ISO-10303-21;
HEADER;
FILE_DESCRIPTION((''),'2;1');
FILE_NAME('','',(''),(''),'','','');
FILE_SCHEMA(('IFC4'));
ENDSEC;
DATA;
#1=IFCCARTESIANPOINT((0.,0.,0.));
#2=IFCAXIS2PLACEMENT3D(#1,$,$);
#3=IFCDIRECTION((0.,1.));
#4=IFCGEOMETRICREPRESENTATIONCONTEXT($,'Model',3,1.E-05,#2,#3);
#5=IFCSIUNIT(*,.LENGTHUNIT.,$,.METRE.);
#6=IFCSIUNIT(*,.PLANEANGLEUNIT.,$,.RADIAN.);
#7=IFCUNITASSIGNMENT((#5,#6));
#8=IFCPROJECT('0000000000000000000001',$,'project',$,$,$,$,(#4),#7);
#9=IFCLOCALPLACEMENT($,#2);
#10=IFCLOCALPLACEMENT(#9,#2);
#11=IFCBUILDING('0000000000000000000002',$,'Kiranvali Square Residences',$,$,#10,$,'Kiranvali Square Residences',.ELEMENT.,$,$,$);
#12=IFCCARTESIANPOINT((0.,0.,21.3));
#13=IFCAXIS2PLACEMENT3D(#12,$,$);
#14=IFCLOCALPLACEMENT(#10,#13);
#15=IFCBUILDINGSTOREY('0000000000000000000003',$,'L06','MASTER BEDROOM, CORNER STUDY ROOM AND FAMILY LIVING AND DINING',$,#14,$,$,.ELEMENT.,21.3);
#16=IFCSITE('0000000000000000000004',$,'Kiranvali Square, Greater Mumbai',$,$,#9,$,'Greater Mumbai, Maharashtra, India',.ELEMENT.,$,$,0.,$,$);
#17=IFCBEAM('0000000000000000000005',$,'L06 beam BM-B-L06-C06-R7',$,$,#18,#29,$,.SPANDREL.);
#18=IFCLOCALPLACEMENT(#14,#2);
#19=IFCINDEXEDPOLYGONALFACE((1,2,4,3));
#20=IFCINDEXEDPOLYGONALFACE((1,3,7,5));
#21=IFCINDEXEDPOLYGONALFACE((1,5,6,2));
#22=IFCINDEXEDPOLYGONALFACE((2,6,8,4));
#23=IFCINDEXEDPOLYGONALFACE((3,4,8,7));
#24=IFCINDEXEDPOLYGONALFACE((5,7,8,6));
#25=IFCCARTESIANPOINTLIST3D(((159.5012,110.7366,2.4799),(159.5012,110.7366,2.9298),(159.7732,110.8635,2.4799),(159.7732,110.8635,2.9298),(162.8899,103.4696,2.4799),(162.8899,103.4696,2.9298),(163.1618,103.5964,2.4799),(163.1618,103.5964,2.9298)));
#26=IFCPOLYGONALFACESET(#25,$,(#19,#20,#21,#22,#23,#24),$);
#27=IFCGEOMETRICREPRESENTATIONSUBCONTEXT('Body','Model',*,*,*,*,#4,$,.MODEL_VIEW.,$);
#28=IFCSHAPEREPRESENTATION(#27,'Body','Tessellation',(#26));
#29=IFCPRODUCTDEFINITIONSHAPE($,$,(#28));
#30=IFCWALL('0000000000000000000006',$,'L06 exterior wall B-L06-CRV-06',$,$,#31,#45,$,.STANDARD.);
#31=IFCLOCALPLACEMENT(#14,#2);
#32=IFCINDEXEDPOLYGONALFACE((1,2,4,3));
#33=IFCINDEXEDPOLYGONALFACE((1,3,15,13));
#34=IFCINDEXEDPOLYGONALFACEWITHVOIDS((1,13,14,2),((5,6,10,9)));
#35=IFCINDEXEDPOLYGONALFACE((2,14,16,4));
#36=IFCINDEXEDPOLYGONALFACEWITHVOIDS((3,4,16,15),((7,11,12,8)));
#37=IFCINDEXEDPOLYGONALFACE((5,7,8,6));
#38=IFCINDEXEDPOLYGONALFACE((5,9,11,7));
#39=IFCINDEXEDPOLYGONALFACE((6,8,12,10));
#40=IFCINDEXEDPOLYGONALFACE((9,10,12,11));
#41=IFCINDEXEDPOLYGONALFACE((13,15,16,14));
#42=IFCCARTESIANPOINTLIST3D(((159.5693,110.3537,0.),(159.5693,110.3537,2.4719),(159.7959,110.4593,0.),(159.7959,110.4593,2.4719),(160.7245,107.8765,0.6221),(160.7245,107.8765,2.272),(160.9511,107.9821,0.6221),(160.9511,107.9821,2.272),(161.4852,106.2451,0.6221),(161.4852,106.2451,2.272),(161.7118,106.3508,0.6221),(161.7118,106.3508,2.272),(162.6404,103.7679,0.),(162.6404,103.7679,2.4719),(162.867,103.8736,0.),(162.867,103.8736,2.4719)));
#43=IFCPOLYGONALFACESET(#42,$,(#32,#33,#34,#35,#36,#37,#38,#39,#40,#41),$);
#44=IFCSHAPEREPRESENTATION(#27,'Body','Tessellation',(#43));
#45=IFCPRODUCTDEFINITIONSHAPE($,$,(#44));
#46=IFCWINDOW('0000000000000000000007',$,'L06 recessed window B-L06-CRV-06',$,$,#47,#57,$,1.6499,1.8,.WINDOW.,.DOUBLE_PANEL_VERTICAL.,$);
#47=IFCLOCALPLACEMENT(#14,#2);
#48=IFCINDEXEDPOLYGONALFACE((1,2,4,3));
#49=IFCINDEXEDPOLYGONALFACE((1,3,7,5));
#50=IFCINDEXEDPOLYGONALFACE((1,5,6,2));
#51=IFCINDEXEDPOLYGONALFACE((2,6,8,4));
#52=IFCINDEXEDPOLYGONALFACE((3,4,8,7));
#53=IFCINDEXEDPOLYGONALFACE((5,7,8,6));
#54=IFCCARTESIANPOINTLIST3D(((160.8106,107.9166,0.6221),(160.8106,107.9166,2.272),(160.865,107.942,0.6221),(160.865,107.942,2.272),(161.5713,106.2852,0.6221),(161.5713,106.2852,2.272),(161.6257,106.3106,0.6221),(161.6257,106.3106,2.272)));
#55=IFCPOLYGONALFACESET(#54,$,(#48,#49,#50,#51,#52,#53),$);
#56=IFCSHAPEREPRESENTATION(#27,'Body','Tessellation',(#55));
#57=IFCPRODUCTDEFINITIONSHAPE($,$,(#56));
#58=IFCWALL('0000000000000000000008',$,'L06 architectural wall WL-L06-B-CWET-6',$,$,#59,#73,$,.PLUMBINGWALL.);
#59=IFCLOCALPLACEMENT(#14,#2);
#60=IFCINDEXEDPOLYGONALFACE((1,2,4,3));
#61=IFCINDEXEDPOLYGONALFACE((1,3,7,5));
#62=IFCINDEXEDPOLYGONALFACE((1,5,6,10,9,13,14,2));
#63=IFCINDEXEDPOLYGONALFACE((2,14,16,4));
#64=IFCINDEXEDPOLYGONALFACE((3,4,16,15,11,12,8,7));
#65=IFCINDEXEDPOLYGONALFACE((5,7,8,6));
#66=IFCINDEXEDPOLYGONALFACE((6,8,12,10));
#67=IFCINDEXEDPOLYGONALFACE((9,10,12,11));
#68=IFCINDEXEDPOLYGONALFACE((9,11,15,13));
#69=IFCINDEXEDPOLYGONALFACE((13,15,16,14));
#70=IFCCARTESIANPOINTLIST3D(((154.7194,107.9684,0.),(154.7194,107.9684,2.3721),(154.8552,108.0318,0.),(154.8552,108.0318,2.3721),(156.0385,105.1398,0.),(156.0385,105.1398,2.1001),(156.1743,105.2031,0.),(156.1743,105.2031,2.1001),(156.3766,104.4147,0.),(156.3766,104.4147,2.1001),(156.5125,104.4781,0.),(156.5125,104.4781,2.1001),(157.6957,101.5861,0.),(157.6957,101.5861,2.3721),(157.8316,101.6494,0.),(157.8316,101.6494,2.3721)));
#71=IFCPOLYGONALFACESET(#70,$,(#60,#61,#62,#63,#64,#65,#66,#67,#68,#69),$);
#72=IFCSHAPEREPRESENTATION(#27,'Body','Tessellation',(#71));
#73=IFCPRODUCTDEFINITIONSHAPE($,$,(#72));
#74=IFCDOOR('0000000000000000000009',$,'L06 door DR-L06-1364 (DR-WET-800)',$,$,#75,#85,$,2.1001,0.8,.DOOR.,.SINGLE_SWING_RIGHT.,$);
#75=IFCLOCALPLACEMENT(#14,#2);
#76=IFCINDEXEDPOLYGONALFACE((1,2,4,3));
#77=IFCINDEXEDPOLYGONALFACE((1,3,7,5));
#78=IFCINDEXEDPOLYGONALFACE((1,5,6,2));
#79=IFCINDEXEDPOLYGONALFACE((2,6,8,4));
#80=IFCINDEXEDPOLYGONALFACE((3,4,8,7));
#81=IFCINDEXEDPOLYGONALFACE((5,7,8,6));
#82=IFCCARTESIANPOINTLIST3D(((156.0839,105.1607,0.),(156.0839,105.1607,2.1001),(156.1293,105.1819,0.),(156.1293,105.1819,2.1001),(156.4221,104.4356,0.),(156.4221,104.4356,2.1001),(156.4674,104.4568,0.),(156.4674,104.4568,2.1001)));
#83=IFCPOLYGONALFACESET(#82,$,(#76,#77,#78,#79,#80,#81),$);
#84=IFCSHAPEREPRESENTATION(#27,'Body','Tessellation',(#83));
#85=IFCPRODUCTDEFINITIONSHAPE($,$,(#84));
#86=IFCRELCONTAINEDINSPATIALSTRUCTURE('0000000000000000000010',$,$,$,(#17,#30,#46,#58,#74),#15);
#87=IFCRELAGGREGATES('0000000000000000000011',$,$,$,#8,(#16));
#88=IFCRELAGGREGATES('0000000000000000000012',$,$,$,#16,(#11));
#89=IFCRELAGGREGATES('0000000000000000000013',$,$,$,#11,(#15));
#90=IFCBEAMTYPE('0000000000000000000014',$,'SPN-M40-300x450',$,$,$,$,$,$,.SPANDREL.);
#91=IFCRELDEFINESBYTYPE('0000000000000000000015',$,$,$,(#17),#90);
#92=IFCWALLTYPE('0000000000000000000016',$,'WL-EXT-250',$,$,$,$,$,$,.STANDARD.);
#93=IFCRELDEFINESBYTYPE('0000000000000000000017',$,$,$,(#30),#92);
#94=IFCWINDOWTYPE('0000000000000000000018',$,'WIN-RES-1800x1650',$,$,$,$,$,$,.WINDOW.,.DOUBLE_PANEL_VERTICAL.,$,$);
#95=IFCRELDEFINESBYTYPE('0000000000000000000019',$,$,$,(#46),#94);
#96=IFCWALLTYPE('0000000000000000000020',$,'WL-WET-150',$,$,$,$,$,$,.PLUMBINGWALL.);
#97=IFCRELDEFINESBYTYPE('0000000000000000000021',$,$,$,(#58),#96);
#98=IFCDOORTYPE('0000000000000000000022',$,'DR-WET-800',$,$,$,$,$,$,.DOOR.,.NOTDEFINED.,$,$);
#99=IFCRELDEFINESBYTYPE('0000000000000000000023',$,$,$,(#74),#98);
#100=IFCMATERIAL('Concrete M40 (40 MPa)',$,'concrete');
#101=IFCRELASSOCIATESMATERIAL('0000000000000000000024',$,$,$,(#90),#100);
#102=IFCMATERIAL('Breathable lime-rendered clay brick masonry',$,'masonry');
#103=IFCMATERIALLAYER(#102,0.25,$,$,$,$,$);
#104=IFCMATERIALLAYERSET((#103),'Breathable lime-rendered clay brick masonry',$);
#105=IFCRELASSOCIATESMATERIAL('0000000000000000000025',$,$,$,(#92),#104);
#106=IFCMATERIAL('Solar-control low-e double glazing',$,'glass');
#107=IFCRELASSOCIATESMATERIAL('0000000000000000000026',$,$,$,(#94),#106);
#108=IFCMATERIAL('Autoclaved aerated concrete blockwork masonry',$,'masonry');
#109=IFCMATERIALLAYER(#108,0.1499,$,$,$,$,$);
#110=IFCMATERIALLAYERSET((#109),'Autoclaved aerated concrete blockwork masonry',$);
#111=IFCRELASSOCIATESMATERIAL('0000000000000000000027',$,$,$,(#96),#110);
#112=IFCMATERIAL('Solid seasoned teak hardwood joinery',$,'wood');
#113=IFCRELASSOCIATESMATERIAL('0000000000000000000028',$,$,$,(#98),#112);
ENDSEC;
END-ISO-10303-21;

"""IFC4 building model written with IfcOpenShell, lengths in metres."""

from ifc_helpers import new_model, si_unit, direction, frame, frame_2d, origin, origin_2d, place, context, subcontext, project, spatial, rectangle, extrude, material, layer, layer_set, material_profile, profile_set, type_object, element, fill, save


model = new_model("IFC4")

# Units and contexts
model_context = context("Model", 3, precision=1e-05, world=origin(), true_north=direction((0.0, 1.0)))
body_context = subcontext(model_context, "Body", "Model", "MODEL_VIEW")
ifc_project = project(units=[si_unit("LENGTHUNIT", "METRE"), si_unit("PLANEANGLEUNIT", "RADIAN")], contexts=[model_context])

# Site, building, storey
site_placement = place(None, origin())
site = spatial("IfcSite", under=ifc_project, at=site_placement, Name="Kiranvali Square, Greater Mumbai", LongName="Greater Mumbai, Maharashtra, India", CompositionType="ELEMENT", RefElevation=0.0)
building_placement = place(site_placement, origin())
building = spatial("IfcBuilding", under=site, at=building_placement, Name="Kiranvali Square Residences", LongName="Kiranvali Square Residences", CompositionType="ELEMENT")
storey_placement = place(building_placement, frame((0.0, 0.0, 21.3)))
storey = spatial("IfcBuildingStorey", under=building, at=storey_placement, Name="L06", Description="MASTER BEDROOM, CORNER STUDY ROOM AND FAMILY LIVING AND DINING", CompositionType="ELEMENT", Elevation=21.3)

# Beam
ifc_material_1 = material(Name="Concrete M40 (40 MPa)", Category="concrete")
ifc_material_profile_1 = material_profile(ifc_material_1, rectangle(XDim=0.3, YDim=0.45, at=origin_2d()), Name="RC 300x450")
ifc_profile_set_1 = profile_set([ifc_material_profile_1], Name="Concrete M40 (40 MPa)")
beam_type_1 = type_object("IfcBeamType", Name="SPN-M40-300x450", PredefinedType="SPANDREL", material=ifc_profile_set_1)
beam_1_placement = place(storey_placement, frame((159.6372, 110.8, 2.7048), z_axis=(0.422615, -0.906309, 0.0), x_axis=(0.906309, 0.422615, 0.0)))
element("IfcBeam", 1, at=beam_1_placement, inside=storey, type_object=beam_type_1, Name="L06 beam BM-B-L06-C06-R7", PredefinedType="SPANDREL", context=body_context, shape_type="SweptSolid", body=[
    extrude(rectangle(XDim=0.3, YDim=0.45, at=origin_2d()), origin(), (0.0, 0.0, 1.0), 8.0183),
])

# Wall, opening, window
ifc_material_2 = material(Name="Breathable lime-rendered clay brick masonry", Category="masonry")
ifc_layer_1 = layer(ifc_material_2, 0.25)
ifc_layer_set_1 = layer_set([ifc_layer_1], Name="Breathable lime-rendered clay brick masonry")
wall_type_1 = type_object("IfcWallType", Name="WL-EXT-250", PredefinedType="STANDARD", material=ifc_layer_set_1)
wall_1_placement = place(storey_placement, frame((159.6826, 110.4065, 0.0), z_axis=(0.0, 0.0, 1.0), x_axis=(0.422628, -0.906303, 0.0)))
wall_1 = element("IfcWall", 2, at=wall_1_placement, inside=storey, type_object=wall_type_1, Name="L06 exterior wall B-L06-CRV-06", PredefinedType="STANDARD", context=body_context, shape_type="SweptSolid", body=[
    extrude(rectangle(XDim=7.2666, YDim=0.25, at=frame_2d((3.6333, 0.0))), origin(), (0.0, 0.0, 1.0), 2.4719),
])
opening_1_placement = place(wall_1_placement, frame((2.7334, 0.0, 0.6221)))
opening_1 = element("IfcOpeningElement", 3, at=opening_1_placement, cuts=wall_1, PredefinedType="OPENING", context=body_context, shape_type="SweptSolid", body=[
    extrude(rectangle(XDim=1.8, YDim=1.6499, at=frame_2d((0.8999, 0.825))), frame((0.0, 0.135, 0.0), z_axis=(0.0, -1.0, 0.0), x_axis=(1.0, 0.0, 0.0)), (0.0, 0.0, 1.0), 0.27),
])
ifc_material_3 = material(Name="Solar-control low-e double glazing", Category="glass")
window_type = type_object("IfcWindowType", Name="WIN-RES-1800x1650", PartitioningType="DOUBLE_PANEL_VERTICAL", PredefinedType="WINDOW", material=ifc_material_3)
window_placement = place(opening_1_placement, origin())
window = element("IfcWindow", 4, at=window_placement, inside=storey, type_object=window_type, Name="L06 recessed window B-L06-CRV-06", OverallHeight=1.6499, OverallWidth=1.8, PartitioningType="DOUBLE_PANEL_VERTICAL", PredefinedType="WINDOW", context=body_context, shape_type="SweptSolid", body=[
    extrude(rectangle(XDim=1.8, YDim=1.6499, at=frame_2d((0.8999, 0.825))), frame((0.0, 0.03, 0.0), z_axis=(0.0, -1.0, 0.0), x_axis=(1.0, 0.0, 0.0)), (0.0, 0.0, 1.0), 0.0601),
])
fill(opening_1, window)

# Wall, opening, door
ifc_material_4 = material(Name="Autoclaved aerated concrete blockwork masonry", Category="masonry")
ifc_layer_2 = layer(ifc_material_4, 0.1499)
ifc_layer_set_2 = layer_set([ifc_layer_2], Name="Autoclaved aerated concrete blockwork masonry")
wall_type_2 = type_object("IfcWallType", Name="WL-WET-150", PredefinedType="PLUMBINGWALL", material=ifc_layer_set_2)
wall_2_placement = place(storey_placement, frame((154.7874, 108.0, 0.0), z_axis=(0.0, 0.0, 1.0), x_axis=(0.422641, -0.906297, 0.0)))
wall_2 = element("IfcWall", 5, at=wall_2_placement, inside=storey, type_object=wall_type_2, Name="L06 architectural wall WL-L06-B-CWET-6", PredefinedType="PLUMBINGWALL", context=body_context, shape_type="SweptSolid", body=[
    extrude(rectangle(XDim=7.0422, YDim=0.1499, at=frame_2d((3.521, 0.0))), origin(), (0.0, 0.0, 1.0), 2.3721),
])
opening_2_placement = place(wall_2_placement, frame((3.1211, 0.0, 0.0)))
opening_2 = element("IfcOpeningElement", 6, at=opening_2_placement, cuts=wall_2, PredefinedType="OPENING", context=body_context, shape_type="SweptSolid", body=[
    extrude(rectangle(XDim=0.8, YDim=2.1001, at=frame_2d((0.3999, 1.05))), frame((0.0, 0.085, 0.0), z_axis=(0.0, -1.0, 0.0), x_axis=(1.0, 0.0, 0.0)), (0.0, 0.0, 1.0), 0.1699),
])
ifc_material_5 = material(Name="Solid seasoned teak hardwood joinery", Category="wood")
door_type = type_object("IfcDoorType", Name="DR-WET-800", OperationType="NOTDEFINED", PredefinedType="DOOR", material=ifc_material_5)
door_placement = place(opening_2_placement, frame((0.8, 0.0, 0.0), z_axis=(0.0, 0.0, 1.0), x_axis=(-1.0, 0.0, 0.0)))
door = element("IfcDoor", 7, at=door_placement, inside=storey, type_object=door_type, Name="L06 door DR-L06-1364 (DR-WET-800)", OperationType="SINGLE_SWING_RIGHT", OverallHeight=2.1001, OverallWidth=0.8, PredefinedType="DOOR", context=body_context, shape_type="SweptSolid", body=[
    extrude(rectangle(XDim=0.8, YDim=2.1001, at=frame_2d((0.3999, 1.05))), frame((0.0, 0.0249, 0.0), z_axis=(0.0, -1.0, 0.0), x_axis=(1.0, 0.0, 0.0)), (0.0, 0.0, 1.0), 0.05),
])
fill(opening_2, door)

save(model, "model.ifc")
